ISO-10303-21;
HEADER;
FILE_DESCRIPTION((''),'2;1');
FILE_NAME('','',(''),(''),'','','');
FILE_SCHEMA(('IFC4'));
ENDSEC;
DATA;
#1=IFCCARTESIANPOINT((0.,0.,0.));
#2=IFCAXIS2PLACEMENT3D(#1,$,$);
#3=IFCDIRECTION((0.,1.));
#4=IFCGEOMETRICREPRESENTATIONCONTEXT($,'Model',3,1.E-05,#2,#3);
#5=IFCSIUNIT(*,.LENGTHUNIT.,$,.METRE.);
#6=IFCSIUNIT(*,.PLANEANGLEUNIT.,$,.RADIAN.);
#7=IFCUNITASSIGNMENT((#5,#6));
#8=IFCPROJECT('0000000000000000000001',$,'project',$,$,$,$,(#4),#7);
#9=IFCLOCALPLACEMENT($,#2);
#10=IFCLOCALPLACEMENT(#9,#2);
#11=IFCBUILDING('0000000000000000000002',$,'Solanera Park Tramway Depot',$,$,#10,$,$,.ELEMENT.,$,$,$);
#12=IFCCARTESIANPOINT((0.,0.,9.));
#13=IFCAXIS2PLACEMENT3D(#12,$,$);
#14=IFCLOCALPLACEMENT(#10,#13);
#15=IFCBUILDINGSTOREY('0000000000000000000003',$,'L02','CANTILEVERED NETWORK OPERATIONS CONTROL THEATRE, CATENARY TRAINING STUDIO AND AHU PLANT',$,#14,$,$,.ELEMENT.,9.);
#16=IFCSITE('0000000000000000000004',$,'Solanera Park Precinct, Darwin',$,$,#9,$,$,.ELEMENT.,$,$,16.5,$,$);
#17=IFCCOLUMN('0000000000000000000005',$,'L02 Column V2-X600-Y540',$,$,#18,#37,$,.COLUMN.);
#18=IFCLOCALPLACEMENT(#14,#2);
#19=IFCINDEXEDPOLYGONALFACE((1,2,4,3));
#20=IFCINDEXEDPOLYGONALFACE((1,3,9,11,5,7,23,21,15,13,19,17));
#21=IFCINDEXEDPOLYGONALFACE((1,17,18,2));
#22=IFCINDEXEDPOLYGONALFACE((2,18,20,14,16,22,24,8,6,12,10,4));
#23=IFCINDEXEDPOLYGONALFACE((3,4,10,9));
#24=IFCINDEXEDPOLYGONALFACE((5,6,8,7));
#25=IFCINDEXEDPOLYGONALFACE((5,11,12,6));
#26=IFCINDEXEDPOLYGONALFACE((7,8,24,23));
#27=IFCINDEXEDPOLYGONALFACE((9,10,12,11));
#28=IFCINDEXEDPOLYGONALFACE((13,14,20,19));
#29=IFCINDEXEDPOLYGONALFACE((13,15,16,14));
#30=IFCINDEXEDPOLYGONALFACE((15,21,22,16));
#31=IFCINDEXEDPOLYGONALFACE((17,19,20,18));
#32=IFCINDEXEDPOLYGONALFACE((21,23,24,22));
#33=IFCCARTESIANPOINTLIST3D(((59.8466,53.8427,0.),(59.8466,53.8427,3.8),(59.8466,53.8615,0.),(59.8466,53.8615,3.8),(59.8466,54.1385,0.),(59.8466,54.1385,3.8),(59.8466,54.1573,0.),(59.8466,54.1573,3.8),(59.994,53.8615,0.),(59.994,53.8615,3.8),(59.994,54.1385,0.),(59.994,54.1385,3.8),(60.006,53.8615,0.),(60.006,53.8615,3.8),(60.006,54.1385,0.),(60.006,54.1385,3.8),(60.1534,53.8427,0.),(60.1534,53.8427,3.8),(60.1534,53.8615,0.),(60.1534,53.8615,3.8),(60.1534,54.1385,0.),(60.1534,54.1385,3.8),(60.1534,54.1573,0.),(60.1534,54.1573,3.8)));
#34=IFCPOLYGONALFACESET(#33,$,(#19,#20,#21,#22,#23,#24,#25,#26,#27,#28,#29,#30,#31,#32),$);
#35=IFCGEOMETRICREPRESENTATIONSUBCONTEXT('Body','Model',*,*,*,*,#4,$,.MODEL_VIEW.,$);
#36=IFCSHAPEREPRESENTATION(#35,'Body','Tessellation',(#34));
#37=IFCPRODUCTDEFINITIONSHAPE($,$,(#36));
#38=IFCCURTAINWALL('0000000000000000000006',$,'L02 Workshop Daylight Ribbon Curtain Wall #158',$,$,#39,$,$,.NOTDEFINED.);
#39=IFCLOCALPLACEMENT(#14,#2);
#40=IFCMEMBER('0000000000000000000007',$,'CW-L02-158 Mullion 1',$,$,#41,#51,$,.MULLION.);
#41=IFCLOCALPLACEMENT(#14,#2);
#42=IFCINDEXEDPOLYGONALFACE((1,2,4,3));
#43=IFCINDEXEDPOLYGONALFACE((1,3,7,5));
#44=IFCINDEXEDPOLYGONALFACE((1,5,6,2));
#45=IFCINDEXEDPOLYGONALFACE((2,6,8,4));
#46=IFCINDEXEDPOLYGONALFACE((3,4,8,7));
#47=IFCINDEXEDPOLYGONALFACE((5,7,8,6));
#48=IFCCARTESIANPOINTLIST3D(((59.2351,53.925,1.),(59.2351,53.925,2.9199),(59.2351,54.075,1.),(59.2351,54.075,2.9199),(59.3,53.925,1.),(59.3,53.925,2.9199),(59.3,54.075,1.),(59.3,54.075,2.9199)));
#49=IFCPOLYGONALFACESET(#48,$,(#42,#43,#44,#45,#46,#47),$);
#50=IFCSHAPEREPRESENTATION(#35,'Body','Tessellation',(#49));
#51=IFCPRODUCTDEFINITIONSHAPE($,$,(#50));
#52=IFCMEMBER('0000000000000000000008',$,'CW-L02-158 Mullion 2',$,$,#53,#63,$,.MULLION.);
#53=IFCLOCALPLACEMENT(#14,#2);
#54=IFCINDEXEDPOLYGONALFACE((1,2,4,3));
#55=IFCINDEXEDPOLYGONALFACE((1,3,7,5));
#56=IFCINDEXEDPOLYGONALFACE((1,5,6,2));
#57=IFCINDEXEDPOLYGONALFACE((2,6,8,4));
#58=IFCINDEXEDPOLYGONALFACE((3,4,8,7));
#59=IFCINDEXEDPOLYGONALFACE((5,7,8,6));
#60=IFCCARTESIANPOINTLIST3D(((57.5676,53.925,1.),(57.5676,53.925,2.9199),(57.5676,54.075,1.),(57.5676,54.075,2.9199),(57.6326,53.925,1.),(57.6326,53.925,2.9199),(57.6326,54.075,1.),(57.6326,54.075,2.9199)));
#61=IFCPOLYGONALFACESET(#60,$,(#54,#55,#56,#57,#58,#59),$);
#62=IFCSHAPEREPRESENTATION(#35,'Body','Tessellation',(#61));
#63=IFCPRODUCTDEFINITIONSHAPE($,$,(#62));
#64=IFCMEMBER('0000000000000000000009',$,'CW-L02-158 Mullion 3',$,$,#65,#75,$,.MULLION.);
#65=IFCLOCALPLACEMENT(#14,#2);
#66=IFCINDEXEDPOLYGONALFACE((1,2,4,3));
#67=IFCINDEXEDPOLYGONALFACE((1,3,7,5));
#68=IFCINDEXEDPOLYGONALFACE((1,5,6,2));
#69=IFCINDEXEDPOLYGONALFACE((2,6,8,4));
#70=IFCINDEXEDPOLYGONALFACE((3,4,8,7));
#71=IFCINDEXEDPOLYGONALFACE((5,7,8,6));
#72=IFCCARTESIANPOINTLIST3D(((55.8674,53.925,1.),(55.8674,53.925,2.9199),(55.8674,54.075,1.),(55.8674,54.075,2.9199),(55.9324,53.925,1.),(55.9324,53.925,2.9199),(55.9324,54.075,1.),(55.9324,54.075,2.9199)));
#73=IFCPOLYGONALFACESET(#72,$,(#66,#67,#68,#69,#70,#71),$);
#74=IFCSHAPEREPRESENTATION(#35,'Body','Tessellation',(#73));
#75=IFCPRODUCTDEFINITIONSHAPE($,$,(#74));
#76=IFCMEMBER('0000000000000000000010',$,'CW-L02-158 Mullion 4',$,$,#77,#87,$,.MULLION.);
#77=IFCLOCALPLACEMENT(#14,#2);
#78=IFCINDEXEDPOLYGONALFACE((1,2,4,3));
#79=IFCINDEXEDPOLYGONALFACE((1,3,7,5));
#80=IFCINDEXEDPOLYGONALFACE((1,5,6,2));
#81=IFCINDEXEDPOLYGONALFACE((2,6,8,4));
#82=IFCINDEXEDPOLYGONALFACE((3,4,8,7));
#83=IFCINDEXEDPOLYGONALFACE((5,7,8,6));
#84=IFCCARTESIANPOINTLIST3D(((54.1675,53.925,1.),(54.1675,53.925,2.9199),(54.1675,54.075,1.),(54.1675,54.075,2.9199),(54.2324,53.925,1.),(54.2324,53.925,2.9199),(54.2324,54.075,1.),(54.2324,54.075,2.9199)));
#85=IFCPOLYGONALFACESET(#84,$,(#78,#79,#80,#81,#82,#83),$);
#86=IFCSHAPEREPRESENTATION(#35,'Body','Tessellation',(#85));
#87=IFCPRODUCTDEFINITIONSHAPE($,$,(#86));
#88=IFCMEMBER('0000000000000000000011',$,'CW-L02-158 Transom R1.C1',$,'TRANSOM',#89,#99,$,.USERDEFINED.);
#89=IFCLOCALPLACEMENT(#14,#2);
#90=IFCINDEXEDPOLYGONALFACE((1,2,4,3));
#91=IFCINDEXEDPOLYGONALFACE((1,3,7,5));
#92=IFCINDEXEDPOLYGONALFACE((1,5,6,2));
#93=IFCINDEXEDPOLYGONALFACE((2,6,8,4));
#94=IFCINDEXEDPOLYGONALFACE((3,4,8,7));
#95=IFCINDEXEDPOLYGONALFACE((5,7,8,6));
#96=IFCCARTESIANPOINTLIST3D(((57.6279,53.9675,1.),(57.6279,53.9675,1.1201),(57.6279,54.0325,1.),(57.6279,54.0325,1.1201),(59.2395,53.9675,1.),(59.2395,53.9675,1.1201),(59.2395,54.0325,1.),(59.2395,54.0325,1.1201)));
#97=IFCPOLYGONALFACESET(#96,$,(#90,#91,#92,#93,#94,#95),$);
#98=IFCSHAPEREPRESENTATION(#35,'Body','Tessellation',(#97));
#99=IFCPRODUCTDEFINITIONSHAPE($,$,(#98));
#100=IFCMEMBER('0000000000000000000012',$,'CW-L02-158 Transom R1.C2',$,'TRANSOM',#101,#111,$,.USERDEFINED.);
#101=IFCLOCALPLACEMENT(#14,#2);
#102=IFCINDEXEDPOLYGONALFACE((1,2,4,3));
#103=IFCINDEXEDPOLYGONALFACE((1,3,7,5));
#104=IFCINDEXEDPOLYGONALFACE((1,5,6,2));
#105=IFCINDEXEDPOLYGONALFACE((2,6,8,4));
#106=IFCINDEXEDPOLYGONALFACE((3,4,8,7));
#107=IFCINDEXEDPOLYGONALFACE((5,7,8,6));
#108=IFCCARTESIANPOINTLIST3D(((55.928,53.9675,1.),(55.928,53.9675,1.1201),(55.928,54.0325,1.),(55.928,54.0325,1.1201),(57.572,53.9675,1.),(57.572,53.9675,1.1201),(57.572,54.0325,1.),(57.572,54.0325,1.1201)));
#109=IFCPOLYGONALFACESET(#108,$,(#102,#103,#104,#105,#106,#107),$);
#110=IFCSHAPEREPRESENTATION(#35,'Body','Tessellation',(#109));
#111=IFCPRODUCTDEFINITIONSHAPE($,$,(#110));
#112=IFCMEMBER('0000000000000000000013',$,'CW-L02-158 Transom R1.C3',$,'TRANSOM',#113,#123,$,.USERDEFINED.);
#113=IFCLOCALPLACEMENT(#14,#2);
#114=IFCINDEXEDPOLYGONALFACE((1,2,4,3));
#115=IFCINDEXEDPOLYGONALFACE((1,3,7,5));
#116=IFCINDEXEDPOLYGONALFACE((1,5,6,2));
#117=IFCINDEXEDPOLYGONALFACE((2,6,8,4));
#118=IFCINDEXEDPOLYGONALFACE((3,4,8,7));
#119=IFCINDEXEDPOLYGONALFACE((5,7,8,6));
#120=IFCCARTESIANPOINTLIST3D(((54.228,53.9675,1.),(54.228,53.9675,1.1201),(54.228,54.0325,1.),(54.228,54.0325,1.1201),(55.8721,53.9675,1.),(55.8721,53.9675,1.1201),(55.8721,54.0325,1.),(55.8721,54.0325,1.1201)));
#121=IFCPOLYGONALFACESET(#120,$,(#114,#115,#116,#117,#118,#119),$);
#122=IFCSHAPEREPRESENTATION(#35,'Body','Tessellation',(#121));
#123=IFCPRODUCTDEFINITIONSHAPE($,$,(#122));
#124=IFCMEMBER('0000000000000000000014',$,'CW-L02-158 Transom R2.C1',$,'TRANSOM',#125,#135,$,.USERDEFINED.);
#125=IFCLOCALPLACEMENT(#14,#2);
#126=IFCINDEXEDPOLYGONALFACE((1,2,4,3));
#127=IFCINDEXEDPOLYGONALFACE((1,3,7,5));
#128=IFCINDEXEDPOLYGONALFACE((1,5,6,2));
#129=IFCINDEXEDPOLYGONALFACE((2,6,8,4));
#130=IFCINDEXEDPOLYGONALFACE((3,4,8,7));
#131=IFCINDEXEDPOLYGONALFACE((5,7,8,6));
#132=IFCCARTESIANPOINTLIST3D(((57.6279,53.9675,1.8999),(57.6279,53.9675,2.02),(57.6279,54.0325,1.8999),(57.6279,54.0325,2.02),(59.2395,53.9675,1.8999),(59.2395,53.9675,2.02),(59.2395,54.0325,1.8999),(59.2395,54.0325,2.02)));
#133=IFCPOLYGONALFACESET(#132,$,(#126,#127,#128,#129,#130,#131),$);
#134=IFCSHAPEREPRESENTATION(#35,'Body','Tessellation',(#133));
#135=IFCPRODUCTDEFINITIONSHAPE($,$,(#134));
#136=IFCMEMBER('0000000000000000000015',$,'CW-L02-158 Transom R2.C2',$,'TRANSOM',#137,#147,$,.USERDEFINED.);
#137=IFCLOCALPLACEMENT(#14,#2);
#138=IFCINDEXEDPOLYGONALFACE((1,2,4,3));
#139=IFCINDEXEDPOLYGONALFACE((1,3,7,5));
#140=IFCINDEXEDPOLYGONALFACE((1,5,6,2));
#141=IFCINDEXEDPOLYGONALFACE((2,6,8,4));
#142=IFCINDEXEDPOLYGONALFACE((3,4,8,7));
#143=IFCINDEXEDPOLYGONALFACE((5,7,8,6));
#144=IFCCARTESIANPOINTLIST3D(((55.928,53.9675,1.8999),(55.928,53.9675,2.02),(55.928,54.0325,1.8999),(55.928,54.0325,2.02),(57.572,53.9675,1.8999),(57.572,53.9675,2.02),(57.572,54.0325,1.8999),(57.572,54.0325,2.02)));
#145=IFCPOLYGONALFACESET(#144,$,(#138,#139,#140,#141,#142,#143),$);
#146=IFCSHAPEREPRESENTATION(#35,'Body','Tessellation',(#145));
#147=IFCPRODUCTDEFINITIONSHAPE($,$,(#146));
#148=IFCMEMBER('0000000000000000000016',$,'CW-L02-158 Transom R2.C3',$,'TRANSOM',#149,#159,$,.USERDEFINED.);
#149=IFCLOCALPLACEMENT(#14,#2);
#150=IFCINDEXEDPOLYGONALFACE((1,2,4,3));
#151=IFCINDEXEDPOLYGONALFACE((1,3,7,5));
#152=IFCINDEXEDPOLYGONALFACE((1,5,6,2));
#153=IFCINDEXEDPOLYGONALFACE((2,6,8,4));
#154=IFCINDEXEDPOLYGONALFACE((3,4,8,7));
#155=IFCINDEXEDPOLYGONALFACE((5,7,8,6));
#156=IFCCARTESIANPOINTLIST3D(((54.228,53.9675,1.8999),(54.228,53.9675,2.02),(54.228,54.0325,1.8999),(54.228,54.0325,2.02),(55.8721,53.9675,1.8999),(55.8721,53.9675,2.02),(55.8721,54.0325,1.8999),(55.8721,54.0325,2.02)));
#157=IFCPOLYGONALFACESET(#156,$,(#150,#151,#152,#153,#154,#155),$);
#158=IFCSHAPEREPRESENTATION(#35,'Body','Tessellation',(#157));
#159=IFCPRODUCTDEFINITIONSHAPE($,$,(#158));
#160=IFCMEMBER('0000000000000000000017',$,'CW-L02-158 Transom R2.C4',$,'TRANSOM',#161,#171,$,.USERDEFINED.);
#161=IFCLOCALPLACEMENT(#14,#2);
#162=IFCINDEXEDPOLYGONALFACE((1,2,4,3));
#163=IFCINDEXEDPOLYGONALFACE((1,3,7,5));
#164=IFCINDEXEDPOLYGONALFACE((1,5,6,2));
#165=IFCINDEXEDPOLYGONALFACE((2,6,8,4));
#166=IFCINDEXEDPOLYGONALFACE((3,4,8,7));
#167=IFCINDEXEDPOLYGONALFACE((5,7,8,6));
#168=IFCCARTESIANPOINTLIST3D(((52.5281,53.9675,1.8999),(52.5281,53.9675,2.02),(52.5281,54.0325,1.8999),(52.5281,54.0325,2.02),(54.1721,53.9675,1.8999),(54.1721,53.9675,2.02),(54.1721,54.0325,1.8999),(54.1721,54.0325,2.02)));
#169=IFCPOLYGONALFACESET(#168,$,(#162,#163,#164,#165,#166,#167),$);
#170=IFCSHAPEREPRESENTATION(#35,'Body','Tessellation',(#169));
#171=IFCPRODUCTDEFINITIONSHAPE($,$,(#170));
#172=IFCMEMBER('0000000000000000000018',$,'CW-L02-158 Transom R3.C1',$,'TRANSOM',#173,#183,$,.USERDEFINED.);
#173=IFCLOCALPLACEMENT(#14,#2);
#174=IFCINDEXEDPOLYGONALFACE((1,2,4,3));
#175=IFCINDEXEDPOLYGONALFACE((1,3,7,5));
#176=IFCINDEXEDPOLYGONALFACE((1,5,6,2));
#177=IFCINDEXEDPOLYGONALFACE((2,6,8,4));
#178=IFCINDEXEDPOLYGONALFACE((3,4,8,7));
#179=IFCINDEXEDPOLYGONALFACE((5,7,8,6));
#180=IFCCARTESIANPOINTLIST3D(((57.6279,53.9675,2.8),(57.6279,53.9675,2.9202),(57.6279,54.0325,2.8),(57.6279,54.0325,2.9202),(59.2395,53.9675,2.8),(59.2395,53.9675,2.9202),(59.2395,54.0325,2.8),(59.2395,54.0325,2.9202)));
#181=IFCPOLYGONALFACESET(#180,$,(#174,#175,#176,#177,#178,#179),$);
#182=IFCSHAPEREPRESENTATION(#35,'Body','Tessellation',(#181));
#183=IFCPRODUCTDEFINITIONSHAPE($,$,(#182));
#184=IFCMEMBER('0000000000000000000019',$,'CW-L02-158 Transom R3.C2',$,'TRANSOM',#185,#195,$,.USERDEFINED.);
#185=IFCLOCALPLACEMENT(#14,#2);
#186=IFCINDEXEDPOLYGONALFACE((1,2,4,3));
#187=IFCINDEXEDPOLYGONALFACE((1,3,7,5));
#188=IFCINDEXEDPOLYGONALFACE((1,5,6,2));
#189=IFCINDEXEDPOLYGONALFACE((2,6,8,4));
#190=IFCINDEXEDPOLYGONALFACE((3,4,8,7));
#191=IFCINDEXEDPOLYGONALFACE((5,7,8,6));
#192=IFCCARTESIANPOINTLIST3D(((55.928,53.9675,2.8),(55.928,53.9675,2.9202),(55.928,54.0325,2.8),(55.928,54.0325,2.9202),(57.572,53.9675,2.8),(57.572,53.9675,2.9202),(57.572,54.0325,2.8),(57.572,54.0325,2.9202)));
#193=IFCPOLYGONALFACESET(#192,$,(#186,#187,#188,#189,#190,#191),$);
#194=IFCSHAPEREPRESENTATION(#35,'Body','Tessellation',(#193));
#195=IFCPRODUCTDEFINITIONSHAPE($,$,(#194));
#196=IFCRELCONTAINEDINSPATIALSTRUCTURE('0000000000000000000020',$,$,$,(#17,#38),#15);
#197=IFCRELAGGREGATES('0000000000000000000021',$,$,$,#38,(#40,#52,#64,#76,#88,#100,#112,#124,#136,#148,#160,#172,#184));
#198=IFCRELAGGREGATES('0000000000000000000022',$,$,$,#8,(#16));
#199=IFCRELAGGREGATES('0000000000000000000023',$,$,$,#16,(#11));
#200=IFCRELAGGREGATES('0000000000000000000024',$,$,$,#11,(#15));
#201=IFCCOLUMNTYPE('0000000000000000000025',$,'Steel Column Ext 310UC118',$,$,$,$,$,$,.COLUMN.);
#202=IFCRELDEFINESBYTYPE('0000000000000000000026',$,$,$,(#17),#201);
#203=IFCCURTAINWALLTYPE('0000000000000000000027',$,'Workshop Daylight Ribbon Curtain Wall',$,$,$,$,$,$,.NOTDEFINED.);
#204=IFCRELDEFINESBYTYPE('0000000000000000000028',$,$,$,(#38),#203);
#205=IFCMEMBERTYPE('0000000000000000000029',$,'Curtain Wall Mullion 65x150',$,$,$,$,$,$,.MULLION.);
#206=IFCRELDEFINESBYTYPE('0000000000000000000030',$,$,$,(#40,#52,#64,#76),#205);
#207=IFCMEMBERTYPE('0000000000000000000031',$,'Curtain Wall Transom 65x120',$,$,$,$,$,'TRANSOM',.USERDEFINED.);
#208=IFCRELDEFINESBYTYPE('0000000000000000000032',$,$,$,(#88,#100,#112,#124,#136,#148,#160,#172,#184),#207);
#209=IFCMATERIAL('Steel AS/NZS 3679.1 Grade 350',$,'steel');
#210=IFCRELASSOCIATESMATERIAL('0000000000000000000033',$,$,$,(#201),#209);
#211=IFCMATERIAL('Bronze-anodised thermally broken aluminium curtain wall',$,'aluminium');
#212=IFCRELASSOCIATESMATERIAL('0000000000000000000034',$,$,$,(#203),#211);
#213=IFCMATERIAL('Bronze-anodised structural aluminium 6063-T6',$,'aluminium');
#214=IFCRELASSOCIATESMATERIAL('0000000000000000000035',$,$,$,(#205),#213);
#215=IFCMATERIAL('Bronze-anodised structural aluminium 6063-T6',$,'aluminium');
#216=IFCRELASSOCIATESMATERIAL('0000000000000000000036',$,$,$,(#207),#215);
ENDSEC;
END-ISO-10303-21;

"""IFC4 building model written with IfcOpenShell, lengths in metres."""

from ifc_helpers import new_model, si_unit, direction, frame, origin, origin_2d, place, context, subcontext, project, spatial, rectangle, i_section, extrude, material, material_profile, profile_set, type_object, element, aggregate, save


model = new_model("IFC4")

# Units and contexts
model_context = context("Model", 3, precision=1e-05, world=origin(), true_north=direction((0.0, 1.0)))
body_context = subcontext(model_context, "Body", "Model", "MODEL_VIEW")
ifc_project = project(units=[si_unit("LENGTHUNIT", "METRE"), si_unit("PLANEANGLEUNIT", "RADIAN")], contexts=[model_context])

# Site, building, storey
site_placement = place(None, origin())
site = spatial("IfcSite", under=ifc_project, at=site_placement, Name="Solanera Park Precinct, Darwin", CompositionType="ELEMENT", RefElevation=16.5)
building_placement = place(site_placement, origin())
building = spatial("IfcBuilding", under=site, at=building_placement, Name="Solanera Park Tramway Depot", CompositionType="ELEMENT")
storey_placement = place(building_placement, frame((0.0, 0.0, 9.0)))
storey = spatial("IfcBuildingStorey", under=building, at=storey_placement, Name="L02", Description="CANTILEVERED NETWORK OPERATIONS CONTROL THEATRE, CATENARY TRAINING STUDIO AND AHU PLANT", CompositionType="ELEMENT", Elevation=9.0)

# Column
ifc_material_1 = material(Name="Steel AS/NZS 3679.1 Grade 350", Category="steel")
ifc_material_profile_1 = material_profile(ifc_material_1, i_section(OverallWidth=0.3069, OverallDepth=0.3147, WebThickness=0.012, FlangeThickness=0.0188, at=origin_2d()), Name="310UC118")
ifc_profile_set_1 = profile_set([ifc_material_profile_1], Name="Steel AS/NZS 3679.1 Grade 350")
column_type = type_object("IfcColumnType", Name="Steel Column Ext 310UC118", PredefinedType="COLUMN", material=ifc_profile_set_1)
column_placement = place(storey_placement, frame((60.0, 54.0, 0.0), z_axis=(0.0, 0.0, 1.0), x_axis=(1.0, 0.0, 0.0)))
element("IfcColumn", 1, at=column_placement, inside=storey, type_object=column_type, Name="L02 Column V2-X600-Y540", PredefinedType="COLUMN", context=body_context, shape_type="SweptSolid", body=[
    extrude(i_section(OverallWidth=0.3069, OverallDepth=0.3147, WebThickness=0.012, FlangeThickness=0.0188, at=origin_2d()), origin(), (0.0, 0.0, 1.0), 3.8),
])

# Curtain wall, members
ifc_material_2 = material(Name="Bronze-anodised thermally broken aluminium curtain wall", Category="aluminium")
curtain_wall_type = type_object("IfcCurtainWallType", Name="Workshop Daylight Ribbon Curtain Wall", PredefinedType="NOTDEFINED", material=ifc_material_2)
curtain_wall_placement = place(storey_placement, origin())
curtain_wall = element("IfcCurtainWall", 2, at=curtain_wall_placement, inside=storey, type_object=curtain_wall_type, Name="L02 Workshop Daylight Ribbon Curtain Wall #158", PredefinedType="NOTDEFINED")
ifc_material_3 = material(Name="Bronze-anodised structural aluminium 6063-T6", Category="aluminium")
ifc_material_profile_2 = material_profile(ifc_material_3, rectangle(XDim=0.0649, YDim=0.1499, at=origin_2d()), Name="Curtain Wall Mullion 65x150")
ifc_profile_set_2 = profile_set([ifc_material_profile_2], Name="Bronze-anodised structural aluminium 6063-T6")
member_type_1 = type_object("IfcMemberType", Name="Curtain Wall Mullion 65x150", PredefinedType="MULLION", material=ifc_profile_set_2)
member_1_placement = place(storey_placement, frame((59.2676, 54.0, 1.0), z_axis=(0.0, 0.0, 1.0), x_axis=(1.0, 0.0, 0.0)))
member_1 = element("IfcMember", 3, at=member_1_placement, type_object=member_type_1, Name="CW-L02-158 Mullion 1", PredefinedType="MULLION", context=body_context, shape_type="SweptSolid", body=[
    extrude(rectangle(XDim=0.0649, YDim=0.1499, at=origin_2d()), origin(), (0.0, 0.0, 1.0), 1.9199),
])
member_2_placement = place(storey_placement, frame((57.6001, 54.0, 1.0), z_axis=(0.0, 0.0, 1.0), x_axis=(1.0, 0.0, 0.0)))
member_2 = element("IfcMember", 4, at=member_2_placement, type_object=member_type_1, Name="CW-L02-158 Mullion 2", PredefinedType="MULLION", context=body_context, shape_type="SweptSolid", body=[
    extrude(rectangle(XDim=0.0649, YDim=0.1499, at=origin_2d()), origin(), (0.0, 0.0, 1.0), 1.9199),
])
member_3_placement = place(storey_placement, frame((55.8999, 54.0, 1.0), z_axis=(0.0, 0.0, 1.0), x_axis=(1.0, 0.0, 0.0)))
member_3 = element("IfcMember", 5, at=member_3_placement, type_object=member_type_1, Name="CW-L02-158 Mullion 3", PredefinedType="MULLION", context=body_context, shape_type="SweptSolid", body=[
    extrude(rectangle(XDim=0.0649, YDim=0.1499, at=origin_2d()), origin(), (0.0, 0.0, 1.0), 1.9199),
])
member_4_placement = place(storey_placement, frame((54.2, 54.0, 1.0), z_axis=(0.0, 0.0, 1.0), x_axis=(1.0, 0.0, 0.0)))
member_4 = element("IfcMember", 6, at=member_4_placement, type_object=member_type_1, Name="CW-L02-158 Mullion 4", PredefinedType="MULLION", context=body_context, shape_type="SweptSolid", body=[
    extrude(rectangle(XDim=0.0649, YDim=0.1499, at=origin_2d()), origin(), (0.0, 0.0, 1.0), 1.9199),
])
ifc_material_4 = material(Name="Bronze-anodised structural aluminium 6063-T6", Category="aluminium")
ifc_material_profile_3 = material_profile(ifc_material_4, rectangle(XDim=0.0649, YDim=0.1201, at=origin_2d()), Name="Curtain Wall Transom 65x120")
ifc_profile_set_3 = profile_set([ifc_material_profile_3], Name="Bronze-anodised structural aluminium 6063-T6")
member_type_2 = type_object("IfcMemberType", Name="Curtain Wall Transom 65x120", ElementType="TRANSOM", PredefinedType="USERDEFINED", material=ifc_profile_set_3)
member_5_placement = place(storey_placement, frame((59.2395, 54.0, 1.0601), z_axis=(-1.0, 0.0, 0.0), x_axis=(0.0, -1.0, 0.0)))
member_5 = element("IfcMember", 7, at=member_5_placement, type_object=member_type_2, Name="CW-L02-158 Transom R1.C1", ObjectType="TRANSOM", PredefinedType="USERDEFINED", context=body_context, shape_type="SweptSolid", body=[
    extrude(rectangle(XDim=0.0649, YDim=0.1201, at=origin_2d()), origin(), (0.0, 0.0, 1.0), 1.6116),
])
member_6_placement = place(storey_placement, frame((57.572, 54.0, 1.0601), z_axis=(-1.0, 0.0, 0.0), x_axis=(0.0, -1.0, 0.0)))
member_6 = element("IfcMember", 8, at=member_6_placement, type_object=member_type_2, Name="CW-L02-158 Transom R1.C2", ObjectType="TRANSOM", PredefinedType="USERDEFINED", context=body_context, shape_type="SweptSolid", body=[
    extrude(rectangle(XDim=0.0649, YDim=0.1201, at=origin_2d()), origin(), (0.0, 0.0, 1.0), 1.644),
])
member_7_placement = place(storey_placement, frame((55.8721, 54.0, 1.0601), z_axis=(-1.0, 0.0, 0.0), x_axis=(0.0, -1.0, 0.0)))
member_7 = element("IfcMember", 9, at=member_7_placement, type_object=member_type_2, Name="CW-L02-158 Transom R1.C3", ObjectType="TRANSOM", PredefinedType="USERDEFINED", context=body_context, shape_type="SweptSolid", body=[
    extrude(rectangle(XDim=0.0649, YDim=0.1201, at=origin_2d()), origin(), (0.0, 0.0, 1.0), 1.644),
])
member_8_placement = place(storey_placement, frame((59.2395, 54.0, 1.96), z_axis=(-1.0, 0.0, 0.0), x_axis=(0.0, -1.0, 0.0)))
member_8 = element("IfcMember", 10, at=member_8_placement, type_object=member_type_2, Name="CW-L02-158 Transom R2.C1", ObjectType="TRANSOM", PredefinedType="USERDEFINED", context=body_context, shape_type="SweptSolid", body=[
    extrude(rectangle(XDim=0.0649, YDim=0.1201, at=origin_2d()), origin(), (0.0, 0.0, 1.0), 1.6116),
])
member_9_placement = place(storey_placement, frame((57.572, 54.0, 1.96), z_axis=(-1.0, 0.0, 0.0), x_axis=(0.0, -1.0, 0.0)))
member_9 = element("IfcMember", 11, at=member_9_placement, type_object=member_type_2, Name="CW-L02-158 Transom R2.C2", ObjectType="TRANSOM", PredefinedType="USERDEFINED", context=body_context, shape_type="SweptSolid", body=[
    extrude(rectangle(XDim=0.0649, YDim=0.1201, at=origin_2d()), origin(), (0.0, 0.0, 1.0), 1.644),
])
member_10_placement = place(storey_placement, frame((55.8721, 54.0, 1.96), z_axis=(-1.0, 0.0, 0.0), x_axis=(0.0, -1.0, 0.0)))
member_10 = element("IfcMember", 12, at=member_10_placement, type_object=member_type_2, Name="CW-L02-158 Transom R2.C3", ObjectType="TRANSOM", PredefinedType="USERDEFINED", context=body_context, shape_type="SweptSolid", body=[
    extrude(rectangle(XDim=0.0649, YDim=0.1201, at=origin_2d()), origin(), (0.0, 0.0, 1.0), 1.644),
])
member_11_placement = place(storey_placement, frame((54.1721, 54.0, 1.96), z_axis=(-1.0, 0.0, 0.0), x_axis=(0.0, -1.0, 0.0)))
member_11 = element("IfcMember", 13, at=member_11_placement, type_object=member_type_2, Name="CW-L02-158 Transom R2.C4", ObjectType="TRANSOM", PredefinedType="USERDEFINED", context=body_context, shape_type="SweptSolid", body=[
    extrude(rectangle(XDim=0.0649, YDim=0.1201, at=origin_2d()), origin(), (0.0, 0.0, 1.0), 1.644),
])
member_12_placement = place(storey_placement, frame((59.2395, 54.0, 2.8601), z_axis=(-1.0, 0.0, 0.0), x_axis=(0.0, -1.0, 0.0)))
member_12 = element("IfcMember", 14, at=member_12_placement, type_object=member_type_2, Name="CW-L02-158 Transom R3.C1", ObjectType="TRANSOM", PredefinedType="USERDEFINED", context=body_context, shape_type="SweptSolid", body=[
    extrude(rectangle(XDim=0.0649, YDim=0.1201, at=origin_2d()), origin(), (0.0, 0.0, 1.0), 1.6116),
])
member_13_placement = place(storey_placement, frame((57.572, 54.0, 2.8601), z_axis=(-1.0, 0.0, 0.0), x_axis=(0.0, -1.0, 0.0)))
member_13 = element("IfcMember", 15, at=member_13_placement, type_object=member_type_2, Name="CW-L02-158 Transom R3.C2", ObjectType="TRANSOM", PredefinedType="USERDEFINED", context=body_context, shape_type="SweptSolid", body=[
    extrude(rectangle(XDim=0.0649, YDim=0.1201, at=origin_2d()), origin(), (0.0, 0.0, 1.0), 1.644),
])
aggregate(curtain_wall, [member_1, member_2, member_3, member_4, member_5, member_6, member_7, member_8, member_9, member_10, member_11, member_12, member_13])

save(model, "model.ifc")
